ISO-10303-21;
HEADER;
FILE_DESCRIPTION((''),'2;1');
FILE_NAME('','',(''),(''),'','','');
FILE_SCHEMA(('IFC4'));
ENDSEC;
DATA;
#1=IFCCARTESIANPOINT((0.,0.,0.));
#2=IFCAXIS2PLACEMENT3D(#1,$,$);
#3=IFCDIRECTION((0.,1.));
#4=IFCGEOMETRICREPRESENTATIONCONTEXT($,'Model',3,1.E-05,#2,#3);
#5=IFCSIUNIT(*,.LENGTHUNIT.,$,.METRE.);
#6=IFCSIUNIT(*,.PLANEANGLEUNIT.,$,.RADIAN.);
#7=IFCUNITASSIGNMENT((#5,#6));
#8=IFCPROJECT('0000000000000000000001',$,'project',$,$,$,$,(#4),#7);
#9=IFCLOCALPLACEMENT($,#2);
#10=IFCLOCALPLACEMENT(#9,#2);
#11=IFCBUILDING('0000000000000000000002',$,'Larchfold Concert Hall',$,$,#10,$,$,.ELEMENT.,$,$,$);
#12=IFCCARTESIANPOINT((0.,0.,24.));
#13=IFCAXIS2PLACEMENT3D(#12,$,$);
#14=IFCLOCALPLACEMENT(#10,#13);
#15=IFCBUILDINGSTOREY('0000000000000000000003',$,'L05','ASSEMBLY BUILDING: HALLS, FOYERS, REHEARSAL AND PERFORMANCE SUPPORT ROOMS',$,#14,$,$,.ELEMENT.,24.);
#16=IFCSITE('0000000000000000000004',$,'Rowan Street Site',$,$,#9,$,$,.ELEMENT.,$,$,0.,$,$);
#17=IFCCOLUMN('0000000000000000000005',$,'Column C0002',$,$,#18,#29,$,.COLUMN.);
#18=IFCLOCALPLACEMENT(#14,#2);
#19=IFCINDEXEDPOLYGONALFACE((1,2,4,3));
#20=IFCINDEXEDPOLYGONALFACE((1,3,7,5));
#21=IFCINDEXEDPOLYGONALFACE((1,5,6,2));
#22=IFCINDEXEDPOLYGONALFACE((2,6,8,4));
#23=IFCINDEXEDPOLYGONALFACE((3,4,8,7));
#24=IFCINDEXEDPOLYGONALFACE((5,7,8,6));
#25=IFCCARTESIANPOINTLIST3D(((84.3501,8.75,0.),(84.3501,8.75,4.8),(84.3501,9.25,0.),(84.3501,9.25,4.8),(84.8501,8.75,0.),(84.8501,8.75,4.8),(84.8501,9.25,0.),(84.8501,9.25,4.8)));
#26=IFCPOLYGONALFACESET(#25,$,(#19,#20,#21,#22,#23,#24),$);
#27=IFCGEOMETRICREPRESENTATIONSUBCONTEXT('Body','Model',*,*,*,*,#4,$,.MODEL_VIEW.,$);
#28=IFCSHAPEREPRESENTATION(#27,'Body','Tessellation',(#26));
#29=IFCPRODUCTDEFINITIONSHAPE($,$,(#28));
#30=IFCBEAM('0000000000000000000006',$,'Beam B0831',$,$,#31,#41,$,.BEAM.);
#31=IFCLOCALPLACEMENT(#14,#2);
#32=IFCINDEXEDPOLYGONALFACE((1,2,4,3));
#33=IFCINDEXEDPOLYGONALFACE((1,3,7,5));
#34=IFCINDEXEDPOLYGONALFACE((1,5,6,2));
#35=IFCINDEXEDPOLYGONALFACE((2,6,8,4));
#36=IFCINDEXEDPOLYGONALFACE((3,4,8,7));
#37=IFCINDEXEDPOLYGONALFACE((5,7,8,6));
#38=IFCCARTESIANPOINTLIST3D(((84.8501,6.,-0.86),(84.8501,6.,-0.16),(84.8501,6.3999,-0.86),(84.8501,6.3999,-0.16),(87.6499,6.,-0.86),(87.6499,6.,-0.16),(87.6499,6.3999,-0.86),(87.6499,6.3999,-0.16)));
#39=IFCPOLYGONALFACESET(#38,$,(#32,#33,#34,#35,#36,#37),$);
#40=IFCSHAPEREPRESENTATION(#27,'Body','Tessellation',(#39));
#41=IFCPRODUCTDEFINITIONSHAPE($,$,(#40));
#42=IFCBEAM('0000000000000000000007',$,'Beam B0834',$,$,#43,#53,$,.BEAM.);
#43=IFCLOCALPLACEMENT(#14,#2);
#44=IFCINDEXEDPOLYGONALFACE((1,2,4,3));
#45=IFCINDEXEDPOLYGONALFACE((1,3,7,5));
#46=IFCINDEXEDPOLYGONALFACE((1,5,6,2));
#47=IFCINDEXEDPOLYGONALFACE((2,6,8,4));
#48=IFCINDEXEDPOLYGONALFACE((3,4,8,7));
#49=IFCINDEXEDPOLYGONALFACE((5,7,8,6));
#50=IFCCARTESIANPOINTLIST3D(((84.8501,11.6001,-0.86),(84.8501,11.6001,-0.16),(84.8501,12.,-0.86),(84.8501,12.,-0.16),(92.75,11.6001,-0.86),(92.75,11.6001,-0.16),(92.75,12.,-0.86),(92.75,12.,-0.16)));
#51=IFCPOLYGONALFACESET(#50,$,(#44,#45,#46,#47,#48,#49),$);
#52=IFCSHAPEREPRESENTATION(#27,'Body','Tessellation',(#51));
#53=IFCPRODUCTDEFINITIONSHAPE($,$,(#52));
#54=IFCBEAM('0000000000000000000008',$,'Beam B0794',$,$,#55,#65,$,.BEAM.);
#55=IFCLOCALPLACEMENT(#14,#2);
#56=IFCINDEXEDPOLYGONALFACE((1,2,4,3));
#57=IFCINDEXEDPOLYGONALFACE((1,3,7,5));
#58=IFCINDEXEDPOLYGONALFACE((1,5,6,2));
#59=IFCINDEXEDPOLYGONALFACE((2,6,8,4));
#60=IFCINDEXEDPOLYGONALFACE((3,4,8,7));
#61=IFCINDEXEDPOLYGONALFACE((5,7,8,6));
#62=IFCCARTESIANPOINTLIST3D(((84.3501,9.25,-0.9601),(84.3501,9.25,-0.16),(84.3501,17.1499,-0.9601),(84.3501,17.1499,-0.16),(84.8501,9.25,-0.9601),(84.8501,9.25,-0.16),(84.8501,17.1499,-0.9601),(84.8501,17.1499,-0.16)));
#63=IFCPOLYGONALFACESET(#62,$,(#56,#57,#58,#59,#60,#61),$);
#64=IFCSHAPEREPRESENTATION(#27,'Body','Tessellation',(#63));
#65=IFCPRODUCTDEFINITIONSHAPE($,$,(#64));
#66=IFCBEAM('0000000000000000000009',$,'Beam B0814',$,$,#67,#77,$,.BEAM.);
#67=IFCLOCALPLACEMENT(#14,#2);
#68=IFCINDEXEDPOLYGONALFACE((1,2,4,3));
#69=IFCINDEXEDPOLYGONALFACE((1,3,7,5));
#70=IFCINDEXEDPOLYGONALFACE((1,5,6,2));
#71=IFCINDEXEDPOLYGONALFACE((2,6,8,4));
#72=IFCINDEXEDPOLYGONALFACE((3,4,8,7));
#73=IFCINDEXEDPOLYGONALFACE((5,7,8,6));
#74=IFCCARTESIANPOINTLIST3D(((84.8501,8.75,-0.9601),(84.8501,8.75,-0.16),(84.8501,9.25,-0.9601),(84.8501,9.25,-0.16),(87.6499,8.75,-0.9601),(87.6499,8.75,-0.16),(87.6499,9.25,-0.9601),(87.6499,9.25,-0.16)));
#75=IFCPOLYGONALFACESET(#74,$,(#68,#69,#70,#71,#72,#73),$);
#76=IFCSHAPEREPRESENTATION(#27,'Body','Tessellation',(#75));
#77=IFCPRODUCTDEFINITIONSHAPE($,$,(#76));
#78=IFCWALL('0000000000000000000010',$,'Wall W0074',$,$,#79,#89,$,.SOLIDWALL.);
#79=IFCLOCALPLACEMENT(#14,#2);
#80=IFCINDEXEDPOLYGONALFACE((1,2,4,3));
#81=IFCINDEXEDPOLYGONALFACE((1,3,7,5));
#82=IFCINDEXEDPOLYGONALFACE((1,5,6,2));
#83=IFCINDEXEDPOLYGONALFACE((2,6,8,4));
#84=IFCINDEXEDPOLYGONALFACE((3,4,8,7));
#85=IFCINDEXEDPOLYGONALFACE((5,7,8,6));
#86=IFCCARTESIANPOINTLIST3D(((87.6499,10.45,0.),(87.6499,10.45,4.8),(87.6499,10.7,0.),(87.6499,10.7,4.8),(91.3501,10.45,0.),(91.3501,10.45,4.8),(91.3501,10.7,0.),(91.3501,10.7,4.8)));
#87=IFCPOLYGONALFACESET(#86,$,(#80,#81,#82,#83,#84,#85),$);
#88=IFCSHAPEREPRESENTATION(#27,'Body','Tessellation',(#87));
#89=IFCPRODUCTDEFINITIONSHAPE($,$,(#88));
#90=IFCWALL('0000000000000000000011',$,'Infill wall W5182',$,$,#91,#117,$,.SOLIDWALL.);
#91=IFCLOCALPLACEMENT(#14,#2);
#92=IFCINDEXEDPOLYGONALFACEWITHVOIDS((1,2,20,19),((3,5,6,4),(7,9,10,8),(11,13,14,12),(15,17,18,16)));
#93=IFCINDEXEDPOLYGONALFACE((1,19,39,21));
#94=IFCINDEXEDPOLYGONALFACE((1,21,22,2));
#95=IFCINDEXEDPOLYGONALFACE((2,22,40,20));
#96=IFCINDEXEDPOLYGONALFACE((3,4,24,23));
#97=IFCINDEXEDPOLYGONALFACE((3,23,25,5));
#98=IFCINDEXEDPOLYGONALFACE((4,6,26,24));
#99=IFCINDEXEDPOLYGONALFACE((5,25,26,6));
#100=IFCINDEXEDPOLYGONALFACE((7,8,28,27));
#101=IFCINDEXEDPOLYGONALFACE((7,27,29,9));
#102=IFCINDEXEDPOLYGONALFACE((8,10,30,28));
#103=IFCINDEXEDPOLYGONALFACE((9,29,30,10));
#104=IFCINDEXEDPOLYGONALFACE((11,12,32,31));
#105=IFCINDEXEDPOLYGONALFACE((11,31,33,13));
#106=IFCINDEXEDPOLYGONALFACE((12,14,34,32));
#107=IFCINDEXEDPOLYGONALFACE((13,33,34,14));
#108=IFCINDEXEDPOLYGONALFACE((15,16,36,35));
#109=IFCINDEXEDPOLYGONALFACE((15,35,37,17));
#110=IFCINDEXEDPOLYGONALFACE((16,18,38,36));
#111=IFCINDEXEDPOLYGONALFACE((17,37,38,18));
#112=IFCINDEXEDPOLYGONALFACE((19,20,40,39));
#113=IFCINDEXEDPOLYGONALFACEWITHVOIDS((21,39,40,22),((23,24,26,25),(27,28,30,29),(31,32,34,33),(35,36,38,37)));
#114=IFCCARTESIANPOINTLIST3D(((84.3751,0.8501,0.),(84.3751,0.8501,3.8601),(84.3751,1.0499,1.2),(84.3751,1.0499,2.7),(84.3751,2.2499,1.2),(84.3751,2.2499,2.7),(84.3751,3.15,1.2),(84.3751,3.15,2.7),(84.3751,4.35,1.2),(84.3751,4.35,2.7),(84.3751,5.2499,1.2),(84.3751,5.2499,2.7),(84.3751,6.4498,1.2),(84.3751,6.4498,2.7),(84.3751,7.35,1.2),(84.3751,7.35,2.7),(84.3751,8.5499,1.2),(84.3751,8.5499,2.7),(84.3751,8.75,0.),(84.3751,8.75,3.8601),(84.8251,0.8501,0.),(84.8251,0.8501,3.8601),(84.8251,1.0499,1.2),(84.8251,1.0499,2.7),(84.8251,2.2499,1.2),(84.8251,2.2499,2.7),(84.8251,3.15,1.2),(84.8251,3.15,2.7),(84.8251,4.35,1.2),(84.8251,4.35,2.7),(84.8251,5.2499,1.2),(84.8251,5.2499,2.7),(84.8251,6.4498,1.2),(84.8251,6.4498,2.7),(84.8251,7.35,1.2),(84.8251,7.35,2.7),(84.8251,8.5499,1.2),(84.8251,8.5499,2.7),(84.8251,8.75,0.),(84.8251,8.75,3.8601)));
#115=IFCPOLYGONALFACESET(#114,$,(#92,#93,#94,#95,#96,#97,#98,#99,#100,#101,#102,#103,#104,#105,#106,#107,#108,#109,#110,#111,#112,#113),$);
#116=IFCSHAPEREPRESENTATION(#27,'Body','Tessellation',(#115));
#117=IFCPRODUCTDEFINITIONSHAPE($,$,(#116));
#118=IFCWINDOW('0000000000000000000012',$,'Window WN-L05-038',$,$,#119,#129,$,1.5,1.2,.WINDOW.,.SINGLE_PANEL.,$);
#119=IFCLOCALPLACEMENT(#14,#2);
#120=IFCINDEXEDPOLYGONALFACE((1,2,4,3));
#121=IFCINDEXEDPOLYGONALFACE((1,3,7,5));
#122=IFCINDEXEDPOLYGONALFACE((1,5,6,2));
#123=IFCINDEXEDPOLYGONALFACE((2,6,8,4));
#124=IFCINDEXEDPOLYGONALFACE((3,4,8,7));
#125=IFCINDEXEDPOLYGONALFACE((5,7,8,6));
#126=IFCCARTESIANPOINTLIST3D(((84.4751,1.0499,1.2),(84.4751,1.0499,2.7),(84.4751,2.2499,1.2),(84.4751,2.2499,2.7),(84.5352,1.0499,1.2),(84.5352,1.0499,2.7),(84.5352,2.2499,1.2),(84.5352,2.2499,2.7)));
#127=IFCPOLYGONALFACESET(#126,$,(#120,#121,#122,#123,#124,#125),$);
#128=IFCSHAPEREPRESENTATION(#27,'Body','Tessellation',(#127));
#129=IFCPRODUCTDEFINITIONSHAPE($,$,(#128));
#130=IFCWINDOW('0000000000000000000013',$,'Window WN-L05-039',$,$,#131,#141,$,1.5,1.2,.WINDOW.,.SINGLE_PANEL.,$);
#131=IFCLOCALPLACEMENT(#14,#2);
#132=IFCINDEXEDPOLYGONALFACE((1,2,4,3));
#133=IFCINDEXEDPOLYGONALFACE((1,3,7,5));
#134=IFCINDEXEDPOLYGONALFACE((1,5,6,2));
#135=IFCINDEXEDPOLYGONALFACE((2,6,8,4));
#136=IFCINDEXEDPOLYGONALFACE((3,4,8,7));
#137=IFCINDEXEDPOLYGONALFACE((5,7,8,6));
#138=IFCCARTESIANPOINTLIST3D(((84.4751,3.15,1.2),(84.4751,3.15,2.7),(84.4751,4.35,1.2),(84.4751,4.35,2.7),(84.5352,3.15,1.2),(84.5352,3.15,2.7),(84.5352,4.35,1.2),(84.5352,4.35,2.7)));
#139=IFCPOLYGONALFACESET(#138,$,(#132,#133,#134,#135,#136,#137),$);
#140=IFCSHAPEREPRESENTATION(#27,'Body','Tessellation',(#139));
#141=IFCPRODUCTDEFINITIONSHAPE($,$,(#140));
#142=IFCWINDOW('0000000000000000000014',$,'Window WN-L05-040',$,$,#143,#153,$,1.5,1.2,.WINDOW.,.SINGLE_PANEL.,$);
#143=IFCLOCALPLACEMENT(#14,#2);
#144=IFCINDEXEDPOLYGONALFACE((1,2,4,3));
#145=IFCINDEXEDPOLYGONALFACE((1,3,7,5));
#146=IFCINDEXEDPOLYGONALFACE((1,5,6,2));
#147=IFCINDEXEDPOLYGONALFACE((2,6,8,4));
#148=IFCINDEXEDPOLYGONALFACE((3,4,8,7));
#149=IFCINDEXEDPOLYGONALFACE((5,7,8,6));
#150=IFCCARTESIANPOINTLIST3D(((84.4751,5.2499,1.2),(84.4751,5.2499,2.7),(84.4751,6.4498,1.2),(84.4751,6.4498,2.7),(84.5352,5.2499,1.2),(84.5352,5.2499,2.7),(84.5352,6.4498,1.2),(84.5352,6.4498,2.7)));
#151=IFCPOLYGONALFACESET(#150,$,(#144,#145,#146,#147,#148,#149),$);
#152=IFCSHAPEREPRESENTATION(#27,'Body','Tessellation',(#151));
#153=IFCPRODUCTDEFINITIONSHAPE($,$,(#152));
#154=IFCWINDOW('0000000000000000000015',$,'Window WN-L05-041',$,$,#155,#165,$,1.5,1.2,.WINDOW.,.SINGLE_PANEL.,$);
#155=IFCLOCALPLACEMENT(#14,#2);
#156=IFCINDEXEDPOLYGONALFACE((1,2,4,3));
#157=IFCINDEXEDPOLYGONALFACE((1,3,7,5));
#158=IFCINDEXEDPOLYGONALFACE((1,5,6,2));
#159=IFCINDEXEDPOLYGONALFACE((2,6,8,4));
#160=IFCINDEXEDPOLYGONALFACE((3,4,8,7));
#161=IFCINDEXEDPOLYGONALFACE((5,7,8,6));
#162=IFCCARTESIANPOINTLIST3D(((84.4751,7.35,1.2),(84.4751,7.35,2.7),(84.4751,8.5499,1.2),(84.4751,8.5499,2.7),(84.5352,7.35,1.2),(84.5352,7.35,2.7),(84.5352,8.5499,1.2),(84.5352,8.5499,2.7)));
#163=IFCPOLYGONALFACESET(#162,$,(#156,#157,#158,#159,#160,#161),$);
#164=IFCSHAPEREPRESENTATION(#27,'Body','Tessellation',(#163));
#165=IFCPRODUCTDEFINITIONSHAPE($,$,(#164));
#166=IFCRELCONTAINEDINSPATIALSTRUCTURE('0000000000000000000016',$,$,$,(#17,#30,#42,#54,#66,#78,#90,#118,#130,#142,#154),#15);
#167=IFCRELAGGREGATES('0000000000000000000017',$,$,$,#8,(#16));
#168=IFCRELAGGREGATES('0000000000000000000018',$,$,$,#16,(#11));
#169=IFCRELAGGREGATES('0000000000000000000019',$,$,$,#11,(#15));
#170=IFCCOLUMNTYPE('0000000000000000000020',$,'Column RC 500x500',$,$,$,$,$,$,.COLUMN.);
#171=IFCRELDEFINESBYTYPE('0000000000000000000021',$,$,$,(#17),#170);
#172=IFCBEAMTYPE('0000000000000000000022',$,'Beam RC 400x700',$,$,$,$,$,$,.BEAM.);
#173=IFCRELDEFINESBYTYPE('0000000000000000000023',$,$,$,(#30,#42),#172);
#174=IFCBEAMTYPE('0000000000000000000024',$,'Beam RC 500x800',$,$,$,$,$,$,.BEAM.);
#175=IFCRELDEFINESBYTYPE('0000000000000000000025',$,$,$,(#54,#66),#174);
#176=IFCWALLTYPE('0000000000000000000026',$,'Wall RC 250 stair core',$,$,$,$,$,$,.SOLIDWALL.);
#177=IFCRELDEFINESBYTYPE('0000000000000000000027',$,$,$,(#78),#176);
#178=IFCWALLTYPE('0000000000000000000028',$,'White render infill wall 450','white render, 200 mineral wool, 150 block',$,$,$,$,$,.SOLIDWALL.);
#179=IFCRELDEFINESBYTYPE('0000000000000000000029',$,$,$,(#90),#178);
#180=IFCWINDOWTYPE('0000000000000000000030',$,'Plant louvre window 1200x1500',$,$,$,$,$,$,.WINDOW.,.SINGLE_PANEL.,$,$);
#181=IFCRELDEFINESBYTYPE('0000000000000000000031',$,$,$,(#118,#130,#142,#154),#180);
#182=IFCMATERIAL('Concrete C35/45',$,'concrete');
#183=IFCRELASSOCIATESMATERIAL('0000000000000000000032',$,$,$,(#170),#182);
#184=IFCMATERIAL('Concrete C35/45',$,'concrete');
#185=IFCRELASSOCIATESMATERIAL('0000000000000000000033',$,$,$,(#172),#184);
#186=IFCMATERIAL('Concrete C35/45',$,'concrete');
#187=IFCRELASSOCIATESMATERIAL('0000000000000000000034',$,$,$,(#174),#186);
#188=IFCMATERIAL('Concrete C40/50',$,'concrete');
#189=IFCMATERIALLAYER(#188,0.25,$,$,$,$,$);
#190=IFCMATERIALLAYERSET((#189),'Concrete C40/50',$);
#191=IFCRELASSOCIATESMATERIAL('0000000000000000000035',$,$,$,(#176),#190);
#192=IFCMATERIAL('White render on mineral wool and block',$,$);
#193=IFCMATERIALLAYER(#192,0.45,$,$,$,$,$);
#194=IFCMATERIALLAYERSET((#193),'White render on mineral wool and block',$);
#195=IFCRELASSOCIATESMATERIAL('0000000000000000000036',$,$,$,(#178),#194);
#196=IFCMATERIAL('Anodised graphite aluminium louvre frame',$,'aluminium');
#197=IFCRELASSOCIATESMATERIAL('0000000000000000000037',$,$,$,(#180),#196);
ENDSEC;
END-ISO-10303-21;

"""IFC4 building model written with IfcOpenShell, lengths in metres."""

from ifc_helpers import new_model, si_unit, direction, frame, frame_2d, origin, origin_2d, place, context, subcontext, project, spatial, rectangle, extrude, material, layer, layer_set, material_profile, profile_set, type_object, element, fill, save


model = new_model("IFC4")

# Units and contexts
model_context = context("Model", 3, precision=1e-05, world=origin(), true_north=direction((0.0, 1.0)))
body_context = subcontext(model_context, "Body", "Model", "MODEL_VIEW")
ifc_project = project(units=[si_unit("LENGTHUNIT", "METRE"), si_unit("PLANEANGLEUNIT", "RADIAN")], contexts=[model_context])

# Site, building, storey
site_placement = place(None, origin())
site = spatial("IfcSite", under=ifc_project, at=site_placement, Name="Rowan Street Site", CompositionType="ELEMENT", RefElevation=0.0)
building_placement = place(site_placement, origin())
building = spatial("IfcBuilding", under=site, at=building_placement, Name="Larchfold Concert Hall", CompositionType="ELEMENT")
storey_placement = place(building_placement, frame((0.0, 0.0, 24.0)))
storey = spatial("IfcBuildingStorey", under=building, at=storey_placement, Name="L05", Description="ASSEMBLY BUILDING: HALLS, FOYERS, REHEARSAL AND PERFORMANCE SUPPORT ROOMS", CompositionType="ELEMENT", Elevation=24.0)

# Column
ifc_material_1 = material(Name="Concrete C35/45", Category="concrete")
ifc_material_profile_1 = material_profile(ifc_material_1, rectangle(XDim=0.5, YDim=0.5, at=origin_2d()))
ifc_profile_set_1 = profile_set([ifc_material_profile_1], Name="Concrete C35/45")
column_type = type_object("IfcColumnType", Name="Column RC 500x500", PredefinedType="COLUMN", material=ifc_profile_set_1)
column_placement = place(storey_placement, frame((84.6001, 9.0, 0.0), z_axis=(0.0, 0.0, 1.0), x_axis=(1.0, 0.0, 0.0)))
element("IfcColumn", 1, at=column_placement, inside=storey, type_object=column_type, Name="Column C0002", PredefinedType="COLUMN", context=body_context, shape_type="SweptSolid", body=[
    extrude(rectangle(XDim=0.5, YDim=0.5, at=origin_2d()), origin(), (0.0, 0.0, 1.0), 4.8),
])

# Beams
ifc_material_2 = material(Name="Concrete C35/45", Category="concrete")
ifc_material_profile_2 = material_profile(ifc_material_2, rectangle(XDim=0.3999, YDim=0.7, at=origin_2d()))
ifc_profile_set_2 = profile_set([ifc_material_profile_2], Name="Concrete C35/45")
beam_type_1 = type_object("IfcBeamType", Name="Beam RC 400x700", PredefinedType="BEAM", material=ifc_profile_set_2)
beam_1_placement = place(storey_placement, frame((84.8501, 6.2, -0.51), z_axis=(1.0, 0.0, 0.0), x_axis=(0.0, 1.0, 0.0)))
element("IfcBeam", 2, at=beam_1_placement, inside=storey, type_object=beam_type_1, Name="Beam B0831", PredefinedType="BEAM", context=body_context, shape_type="SweptSolid", body=[
    extrude(rectangle(XDim=0.3999, YDim=0.7, at=origin_2d()), origin(), (0.0, 0.0, 1.0), 2.7998),
])
beam_2_placement = place(storey_placement, frame((84.8501, 11.8, -0.51), z_axis=(1.0, 0.0, 0.0), x_axis=(0.0, 1.0, 0.0)))
element("IfcBeam", 3, at=beam_2_placement, inside=storey, type_object=beam_type_1, Name="Beam B0834", PredefinedType="BEAM", context=body_context, shape_type="SweptSolid", body=[
    extrude(rectangle(XDim=0.3999, YDim=0.7, at=origin_2d()), origin(), (0.0, 0.0, 1.0), 7.8999),
])
ifc_material_3 = material(Name="Concrete C35/45", Category="concrete")
ifc_material_profile_3 = material_profile(ifc_material_3, rectangle(XDim=0.5, YDim=0.8, at=origin_2d()))
ifc_profile_set_3 = profile_set([ifc_material_profile_3], Name="Concrete C35/45")
beam_type_2 = type_object("IfcBeamType", Name="Beam RC 500x800", PredefinedType="BEAM", material=ifc_profile_set_3)
beam_3_placement = place(storey_placement, frame((84.6001, 9.25, -0.5601), z_axis=(0.0, 1.0, 0.0), x_axis=(-1.0, 0.0, 0.0)))
element("IfcBeam", 4, at=beam_3_placement, inside=storey, type_object=beam_type_2, Name="Beam B0794", PredefinedType="BEAM", context=body_context, shape_type="SweptSolid", body=[
    extrude(rectangle(XDim=0.5, YDim=0.8, at=origin_2d()), origin(), (0.0, 0.0, 1.0), 7.8999),
])
beam_4_placement = place(storey_placement, frame((84.8501, 9.0, -0.5601), z_axis=(1.0, 0.0, 0.0), x_axis=(0.0, 1.0, 0.0)))
element("IfcBeam", 5, at=beam_4_placement, inside=storey, type_object=beam_type_2, Name="Beam B0814", PredefinedType="BEAM", context=body_context, shape_type="SweptSolid", body=[
    extrude(rectangle(XDim=0.5, YDim=0.8, at=origin_2d()), origin(), (0.0, 0.0, 1.0), 2.7998),
])

# Wall
ifc_material_4 = material(Name="Concrete C40/50", Category="concrete")
ifc_layer_1 = layer(ifc_material_4, 0.25)
ifc_layer_set_1 = layer_set([ifc_layer_1], Name="Concrete C40/50")
wall_type_1 = type_object("IfcWallType", Name="Wall RC 250 stair core", PredefinedType="SOLIDWALL", material=ifc_layer_set_1)
wall_1_placement = place(storey_placement, frame((87.6499, 10.575, 0.0), z_axis=(0.0, 0.0, 1.0), x_axis=(1.0, 0.0, 0.0)))
element("IfcWall", 6, at=wall_1_placement, inside=storey, type_object=wall_type_1, Name="Wall W0074", PredefinedType="SOLIDWALL", context=body_context, shape_type="SweptSolid", body=[
    extrude(rectangle(XDim=3.7002, YDim=0.25, at=frame_2d((1.8501, 0.0))), origin(), (0.0, 0.0, 1.0), 4.8),
])

# Wall, openings, windows
ifc_material_5 = material(Name="White render on mineral wool and block")
ifc_layer_2 = layer(ifc_material_5, 0.45)
ifc_layer_set_2 = layer_set([ifc_layer_2], Name="White render on mineral wool and block")
wall_type_2 = type_object("IfcWallType", Name="White render infill wall 450", Description="white render, 200 mineral wool, 150 block", PredefinedType="SOLIDWALL", material=ifc_layer_set_2)
wall_2_placement = place(storey_placement, frame((84.6001, 8.75, 0.0), z_axis=(0.0, 0.0, 1.0), x_axis=(0.0, -1.0, 0.0)))
wall_2 = element("IfcWall", 7, at=wall_2_placement, inside=storey, type_object=wall_type_2, Name="Infill wall W5182", PredefinedType="SOLIDWALL", context=body_context, shape_type="SweptSolid", body=[
    extrude(rectangle(XDim=7.8999, YDim=0.45, at=frame_2d((3.95, 0.0))), origin(), (0.0, 0.0, 1.0), 3.8601),
])
opening_1_placement = place(wall_2_placement, frame((6.5, 0.0, 1.2)))
opening_1 = element("IfcOpeningElement", 8, at=opening_1_placement, cuts=wall_2, PredefinedType="OPENING", context=body_context, shape_type="SweptSolid", body=[
    extrude(rectangle(XDim=1.2, YDim=1.5, at=frame_2d((0.6001, 0.75))), frame((0.0, 0.2349, 0.0), z_axis=(0.0, -1.0, 0.0), x_axis=(1.0, 0.0, 0.0)), (0.0, 0.0, 1.0), 0.47),
])
opening_2_placement = place(wall_2_placement, frame((4.3999, 0.0, 1.2)))
opening_2 = element("IfcOpeningElement", 9, at=opening_2_placement, cuts=wall_2, PredefinedType="OPENING", context=body_context, shape_type="SweptSolid", body=[
    extrude(rectangle(XDim=1.2, YDim=1.5, at=frame_2d((0.6001, 0.75))), frame((0.0, 0.2349, 0.0), z_axis=(0.0, -1.0, 0.0), x_axis=(1.0, 0.0, 0.0)), (0.0, 0.0, 1.0), 0.47),
])
opening_3_placement = place(wall_2_placement, frame((2.3, 0.0, 1.2)))
opening_3 = element("IfcOpeningElement", 10, at=opening_3_placement, cuts=wall_2, PredefinedType="OPENING", context=body_context, shape_type="SweptSolid", body=[
    extrude(rectangle(XDim=1.2, YDim=1.5, at=frame_2d((0.6001, 0.75))), frame((0.0, 0.2349, 0.0), z_axis=(0.0, -1.0, 0.0), x_axis=(1.0, 0.0, 0.0)), (0.0, 0.0, 1.0), 0.47),
])
opening_4_placement = place(wall_2_placement, frame((0.2, 0.0, 1.2)))
opening_4 = element("IfcOpeningElement", 11, at=opening_4_placement, cuts=wall_2, PredefinedType="OPENING", context=body_context, shape_type="SweptSolid", body=[
    extrude(rectangle(XDim=1.2, YDim=1.5, at=frame_2d((0.6001, 0.75))), frame((0.0, 0.2349, 0.0), z_axis=(0.0, -1.0, 0.0), x_axis=(1.0, 0.0, 0.0)), (0.0, 0.0, 1.0), 0.47),
])
ifc_material_6 = material(Name="Anodised graphite aluminium louvre frame", Category="aluminium")
window_type = type_object("IfcWindowType", Name="Plant louvre window 1200x1500", PartitioningType="SINGLE_PANEL", PredefinedType="WINDOW", material=ifc_material_6)
window_1_placement = place(opening_1_placement, origin())
window_1 = element("IfcWindow", 12, at=window_1_placement, inside=storey, type_object=window_type, Name="Window WN-L05-038", OverallHeight=1.5, OverallWidth=1.2, PartitioningType="SINGLE_PANEL", PredefinedType="WINDOW", context=body_context, shape_type="SweptSolid", body=[
    extrude(rectangle(XDim=1.2, YDim=1.5, at=frame_2d((0.6001, 0.75))), frame((0.0, -0.0649, 0.0), z_axis=(0.0, -1.0, 0.0), x_axis=(1.0, 0.0, 0.0)), (0.0, 0.0, 1.0), 0.0601),
])
fill(opening_1, window_1)
window_2_placement = place(opening_2_placement, origin())
window_2 = element("IfcWindow", 13, at=window_2_placement, inside=storey, type_object=window_type, Name="Window WN-L05-039", OverallHeight=1.5, OverallWidth=1.2, PartitioningType="SINGLE_PANEL", PredefinedType="WINDOW", context=body_context, shape_type="SweptSolid", body=[
    extrude(rectangle(XDim=1.2, YDim=1.5, at=frame_2d((0.6001, 0.75))), frame((0.0, -0.0649, 0.0), z_axis=(0.0, -1.0, 0.0), x_axis=(1.0, 0.0, 0.0)), (0.0, 0.0, 1.0), 0.0601),
])
fill(opening_2, window_2)
window_3_placement = place(opening_3_placement, origin())
window_3 = element("IfcWindow", 14, at=window_3_placement, inside=storey, type_object=window_type, Name="Window WN-L05-040", OverallHeight=1.5, OverallWidth=1.2, PartitioningType="SINGLE_PANEL", PredefinedType="WINDOW", context=body_context, shape_type="SweptSolid", body=[
    extrude(rectangle(XDim=1.2, YDim=1.5, at=frame_2d((0.6001, 0.75))), frame((0.0, -0.0649, 0.0), z_axis=(0.0, -1.0, 0.0), x_axis=(1.0, 0.0, 0.0)), (0.0, 0.0, 1.0), 0.0601),
])
fill(opening_3, window_3)
window_4_placement = place(opening_4_placement, origin())
window_4 = element("IfcWindow", 15, at=window_4_placement, inside=storey, type_object=window_type, Name="Window WN-L05-041", OverallHeight=1.5, OverallWidth=1.2, PartitioningType="SINGLE_PANEL", PredefinedType="WINDOW", context=body_context, shape_type="SweptSolid", body=[
    extrude(rectangle(XDim=1.2, YDim=1.5, at=frame_2d((0.6001, 0.75))), frame((0.0, -0.0649, 0.0), z_axis=(0.0, -1.0, 0.0), x_axis=(1.0, 0.0, 0.0)), (0.0, 0.0, 1.0), 0.0601),
])
fill(opening_4, window_4)

save(model, "model.ifc")
